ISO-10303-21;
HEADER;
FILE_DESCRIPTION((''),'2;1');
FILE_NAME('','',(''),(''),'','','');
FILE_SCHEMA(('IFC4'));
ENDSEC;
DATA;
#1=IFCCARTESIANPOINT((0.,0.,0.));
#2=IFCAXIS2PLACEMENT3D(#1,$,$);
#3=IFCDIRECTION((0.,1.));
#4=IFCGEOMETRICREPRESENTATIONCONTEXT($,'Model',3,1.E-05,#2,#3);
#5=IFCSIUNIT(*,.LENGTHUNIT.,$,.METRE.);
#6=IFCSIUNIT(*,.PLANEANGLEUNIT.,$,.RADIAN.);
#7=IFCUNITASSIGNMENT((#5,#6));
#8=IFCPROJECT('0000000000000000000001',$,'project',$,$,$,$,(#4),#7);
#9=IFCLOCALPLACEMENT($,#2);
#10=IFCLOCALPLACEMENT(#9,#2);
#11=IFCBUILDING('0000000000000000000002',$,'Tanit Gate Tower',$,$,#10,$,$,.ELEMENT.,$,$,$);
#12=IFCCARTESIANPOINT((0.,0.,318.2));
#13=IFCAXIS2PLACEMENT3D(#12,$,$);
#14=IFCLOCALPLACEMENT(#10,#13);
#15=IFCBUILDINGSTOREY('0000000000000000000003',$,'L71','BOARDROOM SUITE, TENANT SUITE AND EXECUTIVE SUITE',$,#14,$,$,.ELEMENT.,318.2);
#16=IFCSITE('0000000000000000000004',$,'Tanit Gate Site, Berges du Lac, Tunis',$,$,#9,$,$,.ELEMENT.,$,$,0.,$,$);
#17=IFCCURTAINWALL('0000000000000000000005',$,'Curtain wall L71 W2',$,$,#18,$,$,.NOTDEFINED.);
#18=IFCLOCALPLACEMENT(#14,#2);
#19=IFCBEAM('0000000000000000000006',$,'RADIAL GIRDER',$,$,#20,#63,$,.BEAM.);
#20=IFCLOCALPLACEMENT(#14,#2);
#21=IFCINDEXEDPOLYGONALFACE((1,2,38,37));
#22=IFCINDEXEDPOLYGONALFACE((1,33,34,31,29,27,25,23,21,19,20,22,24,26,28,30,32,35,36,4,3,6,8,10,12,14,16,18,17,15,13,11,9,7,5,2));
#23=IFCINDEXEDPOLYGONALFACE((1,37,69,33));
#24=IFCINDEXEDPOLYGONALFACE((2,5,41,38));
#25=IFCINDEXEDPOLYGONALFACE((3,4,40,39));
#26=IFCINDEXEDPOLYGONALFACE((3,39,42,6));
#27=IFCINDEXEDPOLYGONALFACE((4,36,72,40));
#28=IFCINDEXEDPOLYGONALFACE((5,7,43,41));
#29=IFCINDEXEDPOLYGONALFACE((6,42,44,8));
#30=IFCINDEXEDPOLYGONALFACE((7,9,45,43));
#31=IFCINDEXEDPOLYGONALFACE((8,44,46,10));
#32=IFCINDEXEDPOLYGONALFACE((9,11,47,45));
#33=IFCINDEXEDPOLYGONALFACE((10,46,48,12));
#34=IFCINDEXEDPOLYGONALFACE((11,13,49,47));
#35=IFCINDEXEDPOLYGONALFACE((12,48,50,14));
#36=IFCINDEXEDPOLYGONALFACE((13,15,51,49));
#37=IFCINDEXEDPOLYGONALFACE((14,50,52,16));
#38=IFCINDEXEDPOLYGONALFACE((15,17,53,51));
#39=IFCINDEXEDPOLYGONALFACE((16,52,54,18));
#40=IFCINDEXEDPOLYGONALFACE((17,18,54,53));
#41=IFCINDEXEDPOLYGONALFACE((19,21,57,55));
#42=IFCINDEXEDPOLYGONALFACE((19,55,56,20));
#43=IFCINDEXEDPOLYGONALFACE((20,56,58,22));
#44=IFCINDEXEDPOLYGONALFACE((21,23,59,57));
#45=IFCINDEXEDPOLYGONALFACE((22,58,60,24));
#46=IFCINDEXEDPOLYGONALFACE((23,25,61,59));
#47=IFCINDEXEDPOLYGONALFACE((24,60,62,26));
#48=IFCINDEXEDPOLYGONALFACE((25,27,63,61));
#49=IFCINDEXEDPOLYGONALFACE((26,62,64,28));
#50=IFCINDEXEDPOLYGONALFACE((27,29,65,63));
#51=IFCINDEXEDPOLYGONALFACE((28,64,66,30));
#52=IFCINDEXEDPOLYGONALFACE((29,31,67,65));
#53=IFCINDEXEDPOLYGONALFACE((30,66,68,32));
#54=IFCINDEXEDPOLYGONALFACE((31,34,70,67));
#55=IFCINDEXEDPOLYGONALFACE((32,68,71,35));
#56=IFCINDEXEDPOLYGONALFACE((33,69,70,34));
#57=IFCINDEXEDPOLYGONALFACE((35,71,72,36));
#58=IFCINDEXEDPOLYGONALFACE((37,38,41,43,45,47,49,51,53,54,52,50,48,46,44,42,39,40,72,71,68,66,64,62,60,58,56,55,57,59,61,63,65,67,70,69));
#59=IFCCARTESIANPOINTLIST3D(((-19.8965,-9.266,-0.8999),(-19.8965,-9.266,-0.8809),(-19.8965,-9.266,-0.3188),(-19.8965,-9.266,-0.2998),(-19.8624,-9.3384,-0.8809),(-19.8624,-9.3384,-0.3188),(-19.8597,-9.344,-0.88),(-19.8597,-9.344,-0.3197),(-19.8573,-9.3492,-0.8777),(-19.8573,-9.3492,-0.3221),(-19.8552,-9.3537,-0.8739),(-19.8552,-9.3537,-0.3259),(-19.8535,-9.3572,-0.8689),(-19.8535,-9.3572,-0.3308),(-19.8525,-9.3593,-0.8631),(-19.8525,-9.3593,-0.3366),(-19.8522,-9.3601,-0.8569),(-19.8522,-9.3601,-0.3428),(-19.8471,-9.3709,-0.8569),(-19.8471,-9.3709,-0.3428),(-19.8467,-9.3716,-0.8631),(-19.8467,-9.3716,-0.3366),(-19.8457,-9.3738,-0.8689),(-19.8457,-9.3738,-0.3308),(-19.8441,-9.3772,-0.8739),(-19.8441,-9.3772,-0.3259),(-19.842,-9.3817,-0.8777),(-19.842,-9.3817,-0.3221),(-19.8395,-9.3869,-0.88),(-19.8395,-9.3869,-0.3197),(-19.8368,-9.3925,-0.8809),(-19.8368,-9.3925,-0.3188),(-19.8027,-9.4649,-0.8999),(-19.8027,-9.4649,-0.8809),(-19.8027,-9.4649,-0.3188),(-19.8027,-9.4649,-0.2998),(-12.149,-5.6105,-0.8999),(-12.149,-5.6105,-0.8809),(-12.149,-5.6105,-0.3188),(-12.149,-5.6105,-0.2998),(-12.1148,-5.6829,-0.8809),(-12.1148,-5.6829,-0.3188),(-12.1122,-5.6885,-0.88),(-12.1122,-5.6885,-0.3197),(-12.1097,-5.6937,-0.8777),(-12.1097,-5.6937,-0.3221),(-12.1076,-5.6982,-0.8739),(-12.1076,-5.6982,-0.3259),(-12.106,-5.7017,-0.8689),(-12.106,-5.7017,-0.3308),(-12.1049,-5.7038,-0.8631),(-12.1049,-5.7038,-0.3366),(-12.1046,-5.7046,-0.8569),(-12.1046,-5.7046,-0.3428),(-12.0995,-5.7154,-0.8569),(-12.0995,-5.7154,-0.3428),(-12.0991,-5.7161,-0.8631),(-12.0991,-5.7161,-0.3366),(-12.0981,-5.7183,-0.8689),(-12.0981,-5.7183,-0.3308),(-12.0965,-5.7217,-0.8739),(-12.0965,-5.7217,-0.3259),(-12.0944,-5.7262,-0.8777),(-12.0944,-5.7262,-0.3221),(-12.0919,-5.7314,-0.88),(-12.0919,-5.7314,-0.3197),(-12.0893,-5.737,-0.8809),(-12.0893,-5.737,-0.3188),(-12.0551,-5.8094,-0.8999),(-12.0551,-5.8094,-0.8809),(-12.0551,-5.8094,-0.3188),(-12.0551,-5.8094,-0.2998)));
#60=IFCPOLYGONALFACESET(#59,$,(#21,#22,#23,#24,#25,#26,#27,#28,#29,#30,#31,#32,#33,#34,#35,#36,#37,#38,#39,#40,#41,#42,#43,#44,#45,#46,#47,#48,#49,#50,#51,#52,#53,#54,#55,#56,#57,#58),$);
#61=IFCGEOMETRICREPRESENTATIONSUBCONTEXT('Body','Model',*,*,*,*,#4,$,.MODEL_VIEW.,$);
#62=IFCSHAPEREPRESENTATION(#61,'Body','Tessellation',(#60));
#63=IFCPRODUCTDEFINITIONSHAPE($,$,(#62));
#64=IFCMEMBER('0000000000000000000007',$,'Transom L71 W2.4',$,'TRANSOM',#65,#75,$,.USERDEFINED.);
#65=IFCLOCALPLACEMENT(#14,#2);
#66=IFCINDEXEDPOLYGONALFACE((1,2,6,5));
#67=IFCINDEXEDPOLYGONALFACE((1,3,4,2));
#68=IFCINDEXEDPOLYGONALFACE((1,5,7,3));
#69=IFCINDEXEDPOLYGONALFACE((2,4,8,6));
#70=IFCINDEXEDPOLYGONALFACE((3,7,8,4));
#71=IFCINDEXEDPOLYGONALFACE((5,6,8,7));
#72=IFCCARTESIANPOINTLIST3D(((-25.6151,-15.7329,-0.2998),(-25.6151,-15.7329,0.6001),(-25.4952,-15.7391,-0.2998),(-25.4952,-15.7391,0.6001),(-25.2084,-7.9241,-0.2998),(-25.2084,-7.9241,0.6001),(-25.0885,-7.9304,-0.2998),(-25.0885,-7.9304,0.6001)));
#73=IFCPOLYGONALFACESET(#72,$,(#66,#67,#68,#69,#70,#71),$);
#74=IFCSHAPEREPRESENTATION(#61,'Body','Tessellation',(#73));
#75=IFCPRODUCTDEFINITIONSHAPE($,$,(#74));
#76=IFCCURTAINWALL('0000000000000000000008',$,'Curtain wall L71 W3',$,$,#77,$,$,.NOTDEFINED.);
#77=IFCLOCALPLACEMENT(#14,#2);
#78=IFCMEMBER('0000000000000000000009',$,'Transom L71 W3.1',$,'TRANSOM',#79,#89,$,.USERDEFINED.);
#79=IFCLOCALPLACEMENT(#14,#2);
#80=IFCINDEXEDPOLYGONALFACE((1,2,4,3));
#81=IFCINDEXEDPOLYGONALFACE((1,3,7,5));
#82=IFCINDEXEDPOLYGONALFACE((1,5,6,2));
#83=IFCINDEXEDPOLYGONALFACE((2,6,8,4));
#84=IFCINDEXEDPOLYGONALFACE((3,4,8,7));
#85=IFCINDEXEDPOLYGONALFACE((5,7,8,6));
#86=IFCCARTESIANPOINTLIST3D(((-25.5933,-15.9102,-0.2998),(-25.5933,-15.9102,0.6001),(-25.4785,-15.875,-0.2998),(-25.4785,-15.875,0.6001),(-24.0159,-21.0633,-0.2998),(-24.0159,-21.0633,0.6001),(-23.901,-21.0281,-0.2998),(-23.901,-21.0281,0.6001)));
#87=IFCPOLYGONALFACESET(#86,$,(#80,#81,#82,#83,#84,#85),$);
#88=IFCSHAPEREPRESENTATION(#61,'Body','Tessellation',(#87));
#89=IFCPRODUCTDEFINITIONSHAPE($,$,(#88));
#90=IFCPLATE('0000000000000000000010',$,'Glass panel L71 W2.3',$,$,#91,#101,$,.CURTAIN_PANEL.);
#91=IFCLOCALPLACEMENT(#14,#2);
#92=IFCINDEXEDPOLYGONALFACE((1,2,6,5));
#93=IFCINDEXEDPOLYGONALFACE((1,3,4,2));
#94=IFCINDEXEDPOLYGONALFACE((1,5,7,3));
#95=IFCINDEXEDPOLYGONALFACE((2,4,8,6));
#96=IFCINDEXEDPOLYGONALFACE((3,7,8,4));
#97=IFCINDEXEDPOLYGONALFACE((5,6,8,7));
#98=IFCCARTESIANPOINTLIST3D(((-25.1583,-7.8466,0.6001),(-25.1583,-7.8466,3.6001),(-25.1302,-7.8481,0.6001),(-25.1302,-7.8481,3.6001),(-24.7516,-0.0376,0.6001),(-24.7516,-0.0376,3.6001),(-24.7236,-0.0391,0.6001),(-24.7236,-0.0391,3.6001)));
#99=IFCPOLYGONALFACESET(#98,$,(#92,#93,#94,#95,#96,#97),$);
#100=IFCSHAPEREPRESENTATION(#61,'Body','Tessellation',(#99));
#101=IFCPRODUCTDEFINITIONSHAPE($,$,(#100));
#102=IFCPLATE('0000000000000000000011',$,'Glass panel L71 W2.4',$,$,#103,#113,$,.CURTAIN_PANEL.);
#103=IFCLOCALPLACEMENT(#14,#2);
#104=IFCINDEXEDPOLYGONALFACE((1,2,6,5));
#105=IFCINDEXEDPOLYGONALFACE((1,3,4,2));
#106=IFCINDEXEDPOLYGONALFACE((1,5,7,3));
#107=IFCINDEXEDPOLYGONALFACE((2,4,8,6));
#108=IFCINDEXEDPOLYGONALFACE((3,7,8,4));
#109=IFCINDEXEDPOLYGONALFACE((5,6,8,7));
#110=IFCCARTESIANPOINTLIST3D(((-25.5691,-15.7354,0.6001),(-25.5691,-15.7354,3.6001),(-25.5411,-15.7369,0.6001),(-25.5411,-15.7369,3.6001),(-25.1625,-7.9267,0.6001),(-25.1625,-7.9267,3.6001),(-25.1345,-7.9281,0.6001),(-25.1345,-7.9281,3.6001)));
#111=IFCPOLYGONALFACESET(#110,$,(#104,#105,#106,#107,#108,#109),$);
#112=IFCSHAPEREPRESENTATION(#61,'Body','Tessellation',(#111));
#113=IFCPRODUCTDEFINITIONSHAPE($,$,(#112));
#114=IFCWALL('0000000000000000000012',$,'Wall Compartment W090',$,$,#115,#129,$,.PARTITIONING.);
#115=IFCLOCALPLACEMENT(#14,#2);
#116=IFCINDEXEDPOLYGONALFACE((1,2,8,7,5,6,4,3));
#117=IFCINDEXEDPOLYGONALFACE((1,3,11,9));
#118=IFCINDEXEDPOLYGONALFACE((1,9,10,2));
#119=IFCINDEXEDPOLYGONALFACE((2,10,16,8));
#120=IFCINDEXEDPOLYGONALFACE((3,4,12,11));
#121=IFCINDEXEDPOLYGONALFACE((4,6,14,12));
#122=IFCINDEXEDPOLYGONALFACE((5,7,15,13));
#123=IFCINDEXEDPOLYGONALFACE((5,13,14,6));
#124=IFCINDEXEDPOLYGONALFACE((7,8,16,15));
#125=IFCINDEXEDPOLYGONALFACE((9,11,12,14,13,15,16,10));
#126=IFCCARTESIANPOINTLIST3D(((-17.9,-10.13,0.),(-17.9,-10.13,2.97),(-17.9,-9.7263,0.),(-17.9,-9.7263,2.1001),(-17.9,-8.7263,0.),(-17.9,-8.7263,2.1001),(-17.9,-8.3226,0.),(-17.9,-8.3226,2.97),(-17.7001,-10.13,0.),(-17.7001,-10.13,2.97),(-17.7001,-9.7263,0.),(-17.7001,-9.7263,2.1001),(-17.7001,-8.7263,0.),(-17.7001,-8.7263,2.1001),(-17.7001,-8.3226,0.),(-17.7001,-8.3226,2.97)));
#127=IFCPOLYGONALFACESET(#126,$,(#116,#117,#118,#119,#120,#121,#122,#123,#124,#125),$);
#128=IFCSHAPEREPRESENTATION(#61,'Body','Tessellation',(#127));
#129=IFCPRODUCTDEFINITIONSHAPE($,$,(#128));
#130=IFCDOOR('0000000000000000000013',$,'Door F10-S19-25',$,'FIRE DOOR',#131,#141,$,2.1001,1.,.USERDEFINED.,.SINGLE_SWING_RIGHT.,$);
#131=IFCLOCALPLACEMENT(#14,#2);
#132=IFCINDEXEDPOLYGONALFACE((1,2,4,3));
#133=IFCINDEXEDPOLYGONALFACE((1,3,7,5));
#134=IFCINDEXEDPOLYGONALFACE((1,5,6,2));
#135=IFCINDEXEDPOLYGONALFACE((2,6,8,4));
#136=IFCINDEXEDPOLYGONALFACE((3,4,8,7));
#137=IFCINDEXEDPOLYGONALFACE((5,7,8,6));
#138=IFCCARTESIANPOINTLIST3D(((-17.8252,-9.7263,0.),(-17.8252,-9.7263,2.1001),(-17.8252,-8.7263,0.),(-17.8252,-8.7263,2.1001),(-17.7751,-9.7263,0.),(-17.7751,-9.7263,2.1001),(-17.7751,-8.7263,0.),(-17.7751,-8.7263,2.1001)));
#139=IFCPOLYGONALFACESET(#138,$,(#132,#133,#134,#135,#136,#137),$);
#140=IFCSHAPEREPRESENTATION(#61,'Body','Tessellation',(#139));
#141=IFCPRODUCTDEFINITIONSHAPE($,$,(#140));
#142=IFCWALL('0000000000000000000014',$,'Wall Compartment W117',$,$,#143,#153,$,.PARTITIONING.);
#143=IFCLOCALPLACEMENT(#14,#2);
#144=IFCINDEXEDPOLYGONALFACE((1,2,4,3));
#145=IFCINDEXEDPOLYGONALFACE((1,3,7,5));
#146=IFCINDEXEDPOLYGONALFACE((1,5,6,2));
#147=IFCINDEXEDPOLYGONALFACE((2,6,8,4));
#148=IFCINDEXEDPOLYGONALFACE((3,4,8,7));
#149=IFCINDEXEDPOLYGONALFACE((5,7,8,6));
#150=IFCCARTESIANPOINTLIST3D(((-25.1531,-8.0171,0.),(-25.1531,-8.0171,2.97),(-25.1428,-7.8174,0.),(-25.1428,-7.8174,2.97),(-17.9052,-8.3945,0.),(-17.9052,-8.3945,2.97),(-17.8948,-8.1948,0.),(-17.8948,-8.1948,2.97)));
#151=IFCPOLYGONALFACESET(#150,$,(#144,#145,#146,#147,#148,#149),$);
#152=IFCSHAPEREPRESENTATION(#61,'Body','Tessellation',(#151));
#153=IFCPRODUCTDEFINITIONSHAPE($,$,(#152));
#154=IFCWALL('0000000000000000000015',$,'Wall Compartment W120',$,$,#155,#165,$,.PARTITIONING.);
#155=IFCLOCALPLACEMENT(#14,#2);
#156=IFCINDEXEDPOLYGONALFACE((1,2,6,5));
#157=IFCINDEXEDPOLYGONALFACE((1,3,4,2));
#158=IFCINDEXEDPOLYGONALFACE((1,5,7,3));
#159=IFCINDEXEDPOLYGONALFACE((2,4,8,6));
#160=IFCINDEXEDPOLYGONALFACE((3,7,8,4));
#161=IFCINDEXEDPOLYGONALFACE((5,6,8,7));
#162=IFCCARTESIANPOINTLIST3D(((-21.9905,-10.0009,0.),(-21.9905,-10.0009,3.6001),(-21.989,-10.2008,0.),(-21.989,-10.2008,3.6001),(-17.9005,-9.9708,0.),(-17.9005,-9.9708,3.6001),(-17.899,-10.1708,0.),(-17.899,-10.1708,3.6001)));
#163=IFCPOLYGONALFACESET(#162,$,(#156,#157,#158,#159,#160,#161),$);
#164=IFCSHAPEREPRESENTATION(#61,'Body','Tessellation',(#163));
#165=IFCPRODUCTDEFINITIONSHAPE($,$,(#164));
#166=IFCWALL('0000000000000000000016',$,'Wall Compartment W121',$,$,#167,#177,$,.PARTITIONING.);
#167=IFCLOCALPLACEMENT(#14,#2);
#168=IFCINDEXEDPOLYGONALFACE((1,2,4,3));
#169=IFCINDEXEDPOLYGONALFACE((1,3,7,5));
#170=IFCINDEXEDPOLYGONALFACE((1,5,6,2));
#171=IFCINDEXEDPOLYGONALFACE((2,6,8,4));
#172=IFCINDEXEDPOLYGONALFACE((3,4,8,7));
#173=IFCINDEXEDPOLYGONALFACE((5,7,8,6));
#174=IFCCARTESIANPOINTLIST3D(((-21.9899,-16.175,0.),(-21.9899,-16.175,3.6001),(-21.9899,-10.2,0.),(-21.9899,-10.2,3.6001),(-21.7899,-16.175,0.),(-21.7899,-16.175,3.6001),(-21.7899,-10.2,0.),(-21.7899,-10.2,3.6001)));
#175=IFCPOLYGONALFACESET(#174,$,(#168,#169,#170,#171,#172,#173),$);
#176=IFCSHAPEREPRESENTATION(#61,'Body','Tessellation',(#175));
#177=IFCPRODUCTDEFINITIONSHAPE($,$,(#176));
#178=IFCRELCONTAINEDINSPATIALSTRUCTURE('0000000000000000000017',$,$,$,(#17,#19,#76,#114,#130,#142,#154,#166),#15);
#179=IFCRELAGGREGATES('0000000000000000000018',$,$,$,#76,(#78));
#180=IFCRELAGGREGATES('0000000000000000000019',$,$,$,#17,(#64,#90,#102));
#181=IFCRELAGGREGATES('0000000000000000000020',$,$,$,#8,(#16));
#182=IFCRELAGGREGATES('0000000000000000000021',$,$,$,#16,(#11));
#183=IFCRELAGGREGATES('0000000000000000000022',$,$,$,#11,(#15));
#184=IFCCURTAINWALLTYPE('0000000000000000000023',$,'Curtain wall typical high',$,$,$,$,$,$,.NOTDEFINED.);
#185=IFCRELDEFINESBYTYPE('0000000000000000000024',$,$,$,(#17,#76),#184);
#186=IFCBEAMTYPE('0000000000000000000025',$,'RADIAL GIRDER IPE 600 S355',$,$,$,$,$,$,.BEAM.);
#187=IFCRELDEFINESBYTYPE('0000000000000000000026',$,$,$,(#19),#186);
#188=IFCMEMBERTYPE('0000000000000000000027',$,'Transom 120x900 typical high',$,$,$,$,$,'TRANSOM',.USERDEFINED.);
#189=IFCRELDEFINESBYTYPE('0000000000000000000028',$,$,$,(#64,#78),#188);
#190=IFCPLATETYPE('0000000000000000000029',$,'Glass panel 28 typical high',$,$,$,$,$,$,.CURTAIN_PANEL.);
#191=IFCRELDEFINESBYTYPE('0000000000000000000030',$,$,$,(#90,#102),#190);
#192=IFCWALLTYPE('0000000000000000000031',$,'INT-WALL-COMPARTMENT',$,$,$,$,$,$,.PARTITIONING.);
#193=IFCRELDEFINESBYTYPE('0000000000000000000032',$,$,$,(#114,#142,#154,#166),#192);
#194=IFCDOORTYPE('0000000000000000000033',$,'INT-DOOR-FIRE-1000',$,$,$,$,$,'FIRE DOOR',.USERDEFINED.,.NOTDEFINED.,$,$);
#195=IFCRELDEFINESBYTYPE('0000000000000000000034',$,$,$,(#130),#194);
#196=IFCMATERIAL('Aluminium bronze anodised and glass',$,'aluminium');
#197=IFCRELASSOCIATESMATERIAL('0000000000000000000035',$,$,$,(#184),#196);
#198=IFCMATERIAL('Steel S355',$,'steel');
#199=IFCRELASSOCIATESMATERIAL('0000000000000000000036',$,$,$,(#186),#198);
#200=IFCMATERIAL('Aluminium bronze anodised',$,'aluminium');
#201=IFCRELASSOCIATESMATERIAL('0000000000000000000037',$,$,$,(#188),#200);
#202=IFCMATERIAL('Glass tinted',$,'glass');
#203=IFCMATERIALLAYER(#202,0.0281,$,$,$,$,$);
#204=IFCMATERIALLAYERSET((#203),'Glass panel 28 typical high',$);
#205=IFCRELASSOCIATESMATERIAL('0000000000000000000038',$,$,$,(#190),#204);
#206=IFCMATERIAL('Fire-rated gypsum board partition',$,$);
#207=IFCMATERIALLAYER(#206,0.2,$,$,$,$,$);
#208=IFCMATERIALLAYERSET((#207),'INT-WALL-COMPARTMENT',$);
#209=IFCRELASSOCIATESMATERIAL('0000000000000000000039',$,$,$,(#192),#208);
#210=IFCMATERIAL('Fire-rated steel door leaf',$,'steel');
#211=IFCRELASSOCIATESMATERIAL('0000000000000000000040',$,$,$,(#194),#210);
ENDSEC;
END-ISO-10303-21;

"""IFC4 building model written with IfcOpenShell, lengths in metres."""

from ifc_helpers import new_model, si_unit, direction, frame, frame_2d, origin, origin_2d, place, context, subcontext, project, spatial, rectangle, i_section, extrude, material, layer, layer_set, material_profile, profile_set, type_object, element, fill, aggregate, save


model = new_model("IFC4")

# Units and contexts
model_context = context("Model", 3, precision=1e-05, world=origin(), true_north=direction((0.0, 1.0)))
body_context = subcontext(model_context, "Body", "Model", "MODEL_VIEW")
ifc_project = project(units=[si_unit("LENGTHUNIT", "METRE"), si_unit("PLANEANGLEUNIT", "RADIAN")], contexts=[model_context])

# Site, building, storey
site_placement = place(None, origin())
site = spatial("IfcSite", under=ifc_project, at=site_placement, Name="Tanit Gate Site, Berges du Lac, Tunis", CompositionType="ELEMENT", RefElevation=0.0)
building_placement = place(site_placement, origin())
building = spatial("IfcBuilding", under=site, at=building_placement, Name="Tanit Gate Tower", CompositionType="ELEMENT")
storey_placement = place(building_placement, frame((0.0, 0.0, 318.2)))
storey = spatial("IfcBuildingStorey", under=building, at=storey_placement, Name="L71", Description="BOARDROOM SUITE, TENANT SUITE AND EXECUTIVE SUITE", CompositionType="ELEMENT", Elevation=318.2)

# Curtain wall
ifc_material_1 = material(Name="Aluminium bronze anodised and glass", Category="aluminium")
curtain_wall_type = type_object("IfcCurtainWallType", Name="Curtain wall typical high", PredefinedType="NOTDEFINED", material=ifc_material_1)
curtain_wall_1_placement = place(storey_placement, origin())
curtain_wall_1 = element("IfcCurtainWall", 1, at=curtain_wall_1_placement, inside=storey, type_object=curtain_wall_type, Name="Curtain wall L71 W2", PredefinedType="NOTDEFINED")

# Beam
ifc_material_2 = material(Name="Steel S355", Category="steel")
ifc_material_profile_1 = material_profile(ifc_material_2, i_section(OverallWidth=0.22, OverallDepth=0.6001, WebThickness=0.012, FlangeThickness=0.019, FilletRadius=0.0239, at=origin_2d()), Name="IPE 600")
ifc_profile_set_1 = profile_set([ifc_material_profile_1], Name="Steel S355")
beam_type_1 = type_object("IfcBeamType", Name="RADIAL GIRDER IPE 600 S355", PredefinedType="BEAM", material=ifc_profile_set_1)
beam_1_placement = place(storey_placement, frame((-19.8496, -9.3655, -0.5999), z_axis=(0.904386, 0.426715, 0.0), x_axis=(-0.426715, 0.904386, 0.0)))
element("IfcBeam", 2, at=beam_1_placement, inside=storey, type_object=beam_type_1, Name="RADIAL GIRDER", PredefinedType="BEAM", context=body_context, shape_type="SweptSolid", body=[
    extrude(i_section(OverallWidth=0.22, OverallDepth=0.6001, WebThickness=0.012, FlangeThickness=0.019, FilletRadius=0.0239, at=origin_2d()), origin(), (0.0, 0.0, 1.0), 8.5667),
])

# Member
ifc_material_3 = material(Name="Aluminium bronze anodised", Category="aluminium")
ifc_material_profile_2 = material_profile(ifc_material_3, rectangle(XDim=0.1201, YDim=0.8999, at=origin_2d()), Name="120x900 bronze transom")
ifc_profile_set_2 = profile_set([ifc_material_profile_2], Name="Aluminium bronze anodised")
member_type_1 = type_object("IfcMemberType", Name="Transom 120x900 typical high", ElementType="TRANSOM", PredefinedType="USERDEFINED", material=ifc_profile_set_2)
member_1_placement = place(storey_placement, frame((-25.1484, -7.9272, 0.1501), z_axis=(-0.052016, -0.998646, 0.0), x_axis=(0.998646, -0.052016, 0.0)))
member_1 = element("IfcMember", 3, at=member_1_placement, type_object=member_type_1, Name="Transom L71 W2.4", ObjectType="TRANSOM", PredefinedType="USERDEFINED", context=body_context, shape_type="SweptSolid", body=[
    extrude(rectangle(XDim=0.1201, YDim=0.8999, at=origin_2d()), origin(), (0.0, 0.0, 1.0), 7.8193),
])

# Curtain wall, member
curtain_wall_2_placement = place(storey_placement, origin())
curtain_wall_2 = element("IfcCurtainWall", 4, at=curtain_wall_2_placement, inside=storey, type_object=curtain_wall_type, Name="Curtain wall L71 W3", PredefinedType="NOTDEFINED")
member_2_placement = place(storey_placement, frame((-25.5359, -15.8926, 0.1501), z_axis=(0.292701, -0.956204, 0.0), x_axis=(0.956204, 0.292701, 0.0)))
member_2 = element("IfcMember", 5, at=member_2_placement, type_object=member_type_1, Name="Transom L71 W3.1", ObjectType="TRANSOM", PredefinedType="USERDEFINED", context=body_context, shape_type="SweptSolid", body=[
    extrude(rectangle(XDim=0.1201, YDim=0.8999, at=origin_2d()), origin(), (0.0, 0.0, 1.0), 5.3892),
])
aggregate(curtain_wall_2, [member_2])

# Plates
ifc_material_4 = material(Name="Glass tinted", Category="glass")
ifc_layer_1 = layer(ifc_material_4, 0.0281)
ifc_layer_set_1 = layer_set([ifc_layer_1], Name="Glass panel 28 typical high")
plate_type = type_object("IfcPlateType", Name="Glass panel 28 typical high", PredefinedType="CURTAIN_PANEL", material=ifc_layer_set_1)
plate_1_placement = place(storey_placement, frame((-24.9409, -3.9429, 0.6001), z_axis=(0.0, 0.0, 1.0), x_axis=(-0.052003, -0.998647, 0.0)))
plate_1 = element("IfcPlate", 6, at=plate_1_placement, type_object=plate_type, Name="Glass panel L71 W2.3", PredefinedType="CURTAIN_PANEL", context=body_context, shape_type="SweptSolid", body=[
    extrude(rectangle(XDim=7.8196, YDim=0.0281, at=origin_2d()), origin(), (0.0, 0.0, 1.0), 3.0),
])
plate_2_placement = place(storey_placement, frame((-25.3518, -11.8318, 0.6001), z_axis=(0.0, 0.0, 1.0), x_axis=(-0.052003, -0.998647, 0.0)))
plate_2 = element("IfcPlate", 7, at=plate_2_placement, type_object=plate_type, Name="Glass panel L71 W2.4", PredefinedType="CURTAIN_PANEL", context=body_context, shape_type="SweptSolid", body=[
    extrude(rectangle(XDim=7.8193, YDim=0.0281, at=origin_2d()), origin(), (0.0, 0.0, 1.0), 3.0),
])
aggregate(curtain_wall_1, [member_1, plate_1, plate_2])

# Wall, opening, door
ifc_material_5 = material(Name="Fire-rated gypsum board partition")
ifc_layer_2 = layer(ifc_material_5, 0.2)
ifc_layer_set_2 = layer_set([ifc_layer_2], Name="INT-WALL-COMPARTMENT")
wall_type_1 = type_object("IfcWallType", Name="INT-WALL-COMPARTMENT", PredefinedType="PARTITIONING", material=ifc_layer_set_2)
wall_1_placement = place(storey_placement, frame((-17.8, -8.3225, 0.0), z_axis=(0.0, 0.0, 1.0), x_axis=(0.0, -1.0, 0.0)))
wall_1 = element("IfcWall", 8, at=wall_1_placement, inside=storey, type_object=wall_type_1, Name="Wall Compartment W090", PredefinedType="PARTITIONING", context=body_context, shape_type="SweptSolid", body=[
    extrude(rectangle(XDim=1.8074, YDim=0.2, at=frame_2d((0.9038, 0.0))), origin(), (0.0, 0.0, 1.0), 2.97),
])
opening_1_placement = place(wall_1_placement, frame((0.4038, 0.0, 0.0)))
opening_1 = element("IfcOpeningElement", 9, at=opening_1_placement, cuts=wall_1, PredefinedType="OPENING", context=body_context, shape_type="SweptSolid", body=[
    extrude(rectangle(XDim=1.0, YDim=2.1001, at=frame_2d((0.5, 1.05))), frame((0.0, 0.1099, 0.0), z_axis=(0.0, -1.0, 0.0), x_axis=(1.0, 0.0, 0.0)), (0.0, 0.0, 1.0), 0.22),
])
ifc_material_6 = material(Name="Fire-rated steel door leaf", Category="steel")
door_type_1 = type_object("IfcDoorType", Name="INT-DOOR-FIRE-1000", ElementType="FIRE DOOR", OperationType="NOTDEFINED", PredefinedType="USERDEFINED", material=ifc_material_6)
door_1_placement = place(opening_1_placement, origin())
door_1 = element("IfcDoor", 10, at=door_1_placement, inside=storey, type_object=door_type_1, Name="Door F10-S19-25", ObjectType="FIRE DOOR", OperationType="SINGLE_SWING_RIGHT", OverallHeight=2.1001, OverallWidth=1.0, PredefinedType="USERDEFINED", context=body_context, shape_type="SweptSolid", body=[
    extrude(rectangle(XDim=1.0, YDim=2.1001, at=frame_2d((0.5, 1.05))), frame((0.0, 0.0249, 0.0), z_axis=(0.0, -1.0, 0.0), x_axis=(1.0, 0.0, 0.0)), (0.0, 0.0, 1.0), 0.05),
])
fill(opening_1, door_1)

# Walls
wall_2_placement = place(storey_placement, frame((-25.1479, -7.9172, 0.0), z_axis=(0.0, 0.0, 1.0), x_axis=(0.998647, -0.052004, 0.0)))
element("IfcWall", 11, at=wall_2_placement, inside=storey, type_object=wall_type_1, Name="Wall Compartment W117", PredefinedType="PARTITIONING", context=body_context, shape_type="SweptSolid", body=[
    extrude(rectangle(XDim=7.2578, YDim=0.2, at=frame_2d((3.6289, 0.0))), origin(), (0.0, 0.0, 1.0), 2.97),
])
wall_3_placement = place(storey_placement, frame((-17.8999, -10.0708, 0.0), z_axis=(0.0, 0.0, 1.0), x_axis=(-0.999973, -0.007342, 0.0)))
element("IfcWall", 12, at=wall_3_placement, inside=storey, type_object=wall_type_1, Name="Wall Compartment W120", PredefinedType="PARTITIONING", context=body_context, shape_type="SweptSolid", body=[
    extrude(rectangle(XDim=4.0901, YDim=0.2, at=frame_2d((2.0449, 0.0))), origin(), (0.0, 0.0, 1.0), 3.6001),
])
wall_4_placement = place(storey_placement, frame((-21.8899, -10.2, 0.0), z_axis=(0.0, 0.0, 1.0), x_axis=(0.0, -1.0, 0.0)))
element("IfcWall", 13, at=wall_4_placement, inside=storey, type_object=wall_type_1, Name="Wall Compartment W121", PredefinedType="PARTITIONING", context=body_context, shape_type="SweptSolid", body=[
    extrude(rectangle(XDim=5.9751, YDim=0.2, at=frame_2d((2.9875, 0.0))), origin(), (0.0, 0.0, 1.0), 3.6001),
])

save(model, "model.ifc")
